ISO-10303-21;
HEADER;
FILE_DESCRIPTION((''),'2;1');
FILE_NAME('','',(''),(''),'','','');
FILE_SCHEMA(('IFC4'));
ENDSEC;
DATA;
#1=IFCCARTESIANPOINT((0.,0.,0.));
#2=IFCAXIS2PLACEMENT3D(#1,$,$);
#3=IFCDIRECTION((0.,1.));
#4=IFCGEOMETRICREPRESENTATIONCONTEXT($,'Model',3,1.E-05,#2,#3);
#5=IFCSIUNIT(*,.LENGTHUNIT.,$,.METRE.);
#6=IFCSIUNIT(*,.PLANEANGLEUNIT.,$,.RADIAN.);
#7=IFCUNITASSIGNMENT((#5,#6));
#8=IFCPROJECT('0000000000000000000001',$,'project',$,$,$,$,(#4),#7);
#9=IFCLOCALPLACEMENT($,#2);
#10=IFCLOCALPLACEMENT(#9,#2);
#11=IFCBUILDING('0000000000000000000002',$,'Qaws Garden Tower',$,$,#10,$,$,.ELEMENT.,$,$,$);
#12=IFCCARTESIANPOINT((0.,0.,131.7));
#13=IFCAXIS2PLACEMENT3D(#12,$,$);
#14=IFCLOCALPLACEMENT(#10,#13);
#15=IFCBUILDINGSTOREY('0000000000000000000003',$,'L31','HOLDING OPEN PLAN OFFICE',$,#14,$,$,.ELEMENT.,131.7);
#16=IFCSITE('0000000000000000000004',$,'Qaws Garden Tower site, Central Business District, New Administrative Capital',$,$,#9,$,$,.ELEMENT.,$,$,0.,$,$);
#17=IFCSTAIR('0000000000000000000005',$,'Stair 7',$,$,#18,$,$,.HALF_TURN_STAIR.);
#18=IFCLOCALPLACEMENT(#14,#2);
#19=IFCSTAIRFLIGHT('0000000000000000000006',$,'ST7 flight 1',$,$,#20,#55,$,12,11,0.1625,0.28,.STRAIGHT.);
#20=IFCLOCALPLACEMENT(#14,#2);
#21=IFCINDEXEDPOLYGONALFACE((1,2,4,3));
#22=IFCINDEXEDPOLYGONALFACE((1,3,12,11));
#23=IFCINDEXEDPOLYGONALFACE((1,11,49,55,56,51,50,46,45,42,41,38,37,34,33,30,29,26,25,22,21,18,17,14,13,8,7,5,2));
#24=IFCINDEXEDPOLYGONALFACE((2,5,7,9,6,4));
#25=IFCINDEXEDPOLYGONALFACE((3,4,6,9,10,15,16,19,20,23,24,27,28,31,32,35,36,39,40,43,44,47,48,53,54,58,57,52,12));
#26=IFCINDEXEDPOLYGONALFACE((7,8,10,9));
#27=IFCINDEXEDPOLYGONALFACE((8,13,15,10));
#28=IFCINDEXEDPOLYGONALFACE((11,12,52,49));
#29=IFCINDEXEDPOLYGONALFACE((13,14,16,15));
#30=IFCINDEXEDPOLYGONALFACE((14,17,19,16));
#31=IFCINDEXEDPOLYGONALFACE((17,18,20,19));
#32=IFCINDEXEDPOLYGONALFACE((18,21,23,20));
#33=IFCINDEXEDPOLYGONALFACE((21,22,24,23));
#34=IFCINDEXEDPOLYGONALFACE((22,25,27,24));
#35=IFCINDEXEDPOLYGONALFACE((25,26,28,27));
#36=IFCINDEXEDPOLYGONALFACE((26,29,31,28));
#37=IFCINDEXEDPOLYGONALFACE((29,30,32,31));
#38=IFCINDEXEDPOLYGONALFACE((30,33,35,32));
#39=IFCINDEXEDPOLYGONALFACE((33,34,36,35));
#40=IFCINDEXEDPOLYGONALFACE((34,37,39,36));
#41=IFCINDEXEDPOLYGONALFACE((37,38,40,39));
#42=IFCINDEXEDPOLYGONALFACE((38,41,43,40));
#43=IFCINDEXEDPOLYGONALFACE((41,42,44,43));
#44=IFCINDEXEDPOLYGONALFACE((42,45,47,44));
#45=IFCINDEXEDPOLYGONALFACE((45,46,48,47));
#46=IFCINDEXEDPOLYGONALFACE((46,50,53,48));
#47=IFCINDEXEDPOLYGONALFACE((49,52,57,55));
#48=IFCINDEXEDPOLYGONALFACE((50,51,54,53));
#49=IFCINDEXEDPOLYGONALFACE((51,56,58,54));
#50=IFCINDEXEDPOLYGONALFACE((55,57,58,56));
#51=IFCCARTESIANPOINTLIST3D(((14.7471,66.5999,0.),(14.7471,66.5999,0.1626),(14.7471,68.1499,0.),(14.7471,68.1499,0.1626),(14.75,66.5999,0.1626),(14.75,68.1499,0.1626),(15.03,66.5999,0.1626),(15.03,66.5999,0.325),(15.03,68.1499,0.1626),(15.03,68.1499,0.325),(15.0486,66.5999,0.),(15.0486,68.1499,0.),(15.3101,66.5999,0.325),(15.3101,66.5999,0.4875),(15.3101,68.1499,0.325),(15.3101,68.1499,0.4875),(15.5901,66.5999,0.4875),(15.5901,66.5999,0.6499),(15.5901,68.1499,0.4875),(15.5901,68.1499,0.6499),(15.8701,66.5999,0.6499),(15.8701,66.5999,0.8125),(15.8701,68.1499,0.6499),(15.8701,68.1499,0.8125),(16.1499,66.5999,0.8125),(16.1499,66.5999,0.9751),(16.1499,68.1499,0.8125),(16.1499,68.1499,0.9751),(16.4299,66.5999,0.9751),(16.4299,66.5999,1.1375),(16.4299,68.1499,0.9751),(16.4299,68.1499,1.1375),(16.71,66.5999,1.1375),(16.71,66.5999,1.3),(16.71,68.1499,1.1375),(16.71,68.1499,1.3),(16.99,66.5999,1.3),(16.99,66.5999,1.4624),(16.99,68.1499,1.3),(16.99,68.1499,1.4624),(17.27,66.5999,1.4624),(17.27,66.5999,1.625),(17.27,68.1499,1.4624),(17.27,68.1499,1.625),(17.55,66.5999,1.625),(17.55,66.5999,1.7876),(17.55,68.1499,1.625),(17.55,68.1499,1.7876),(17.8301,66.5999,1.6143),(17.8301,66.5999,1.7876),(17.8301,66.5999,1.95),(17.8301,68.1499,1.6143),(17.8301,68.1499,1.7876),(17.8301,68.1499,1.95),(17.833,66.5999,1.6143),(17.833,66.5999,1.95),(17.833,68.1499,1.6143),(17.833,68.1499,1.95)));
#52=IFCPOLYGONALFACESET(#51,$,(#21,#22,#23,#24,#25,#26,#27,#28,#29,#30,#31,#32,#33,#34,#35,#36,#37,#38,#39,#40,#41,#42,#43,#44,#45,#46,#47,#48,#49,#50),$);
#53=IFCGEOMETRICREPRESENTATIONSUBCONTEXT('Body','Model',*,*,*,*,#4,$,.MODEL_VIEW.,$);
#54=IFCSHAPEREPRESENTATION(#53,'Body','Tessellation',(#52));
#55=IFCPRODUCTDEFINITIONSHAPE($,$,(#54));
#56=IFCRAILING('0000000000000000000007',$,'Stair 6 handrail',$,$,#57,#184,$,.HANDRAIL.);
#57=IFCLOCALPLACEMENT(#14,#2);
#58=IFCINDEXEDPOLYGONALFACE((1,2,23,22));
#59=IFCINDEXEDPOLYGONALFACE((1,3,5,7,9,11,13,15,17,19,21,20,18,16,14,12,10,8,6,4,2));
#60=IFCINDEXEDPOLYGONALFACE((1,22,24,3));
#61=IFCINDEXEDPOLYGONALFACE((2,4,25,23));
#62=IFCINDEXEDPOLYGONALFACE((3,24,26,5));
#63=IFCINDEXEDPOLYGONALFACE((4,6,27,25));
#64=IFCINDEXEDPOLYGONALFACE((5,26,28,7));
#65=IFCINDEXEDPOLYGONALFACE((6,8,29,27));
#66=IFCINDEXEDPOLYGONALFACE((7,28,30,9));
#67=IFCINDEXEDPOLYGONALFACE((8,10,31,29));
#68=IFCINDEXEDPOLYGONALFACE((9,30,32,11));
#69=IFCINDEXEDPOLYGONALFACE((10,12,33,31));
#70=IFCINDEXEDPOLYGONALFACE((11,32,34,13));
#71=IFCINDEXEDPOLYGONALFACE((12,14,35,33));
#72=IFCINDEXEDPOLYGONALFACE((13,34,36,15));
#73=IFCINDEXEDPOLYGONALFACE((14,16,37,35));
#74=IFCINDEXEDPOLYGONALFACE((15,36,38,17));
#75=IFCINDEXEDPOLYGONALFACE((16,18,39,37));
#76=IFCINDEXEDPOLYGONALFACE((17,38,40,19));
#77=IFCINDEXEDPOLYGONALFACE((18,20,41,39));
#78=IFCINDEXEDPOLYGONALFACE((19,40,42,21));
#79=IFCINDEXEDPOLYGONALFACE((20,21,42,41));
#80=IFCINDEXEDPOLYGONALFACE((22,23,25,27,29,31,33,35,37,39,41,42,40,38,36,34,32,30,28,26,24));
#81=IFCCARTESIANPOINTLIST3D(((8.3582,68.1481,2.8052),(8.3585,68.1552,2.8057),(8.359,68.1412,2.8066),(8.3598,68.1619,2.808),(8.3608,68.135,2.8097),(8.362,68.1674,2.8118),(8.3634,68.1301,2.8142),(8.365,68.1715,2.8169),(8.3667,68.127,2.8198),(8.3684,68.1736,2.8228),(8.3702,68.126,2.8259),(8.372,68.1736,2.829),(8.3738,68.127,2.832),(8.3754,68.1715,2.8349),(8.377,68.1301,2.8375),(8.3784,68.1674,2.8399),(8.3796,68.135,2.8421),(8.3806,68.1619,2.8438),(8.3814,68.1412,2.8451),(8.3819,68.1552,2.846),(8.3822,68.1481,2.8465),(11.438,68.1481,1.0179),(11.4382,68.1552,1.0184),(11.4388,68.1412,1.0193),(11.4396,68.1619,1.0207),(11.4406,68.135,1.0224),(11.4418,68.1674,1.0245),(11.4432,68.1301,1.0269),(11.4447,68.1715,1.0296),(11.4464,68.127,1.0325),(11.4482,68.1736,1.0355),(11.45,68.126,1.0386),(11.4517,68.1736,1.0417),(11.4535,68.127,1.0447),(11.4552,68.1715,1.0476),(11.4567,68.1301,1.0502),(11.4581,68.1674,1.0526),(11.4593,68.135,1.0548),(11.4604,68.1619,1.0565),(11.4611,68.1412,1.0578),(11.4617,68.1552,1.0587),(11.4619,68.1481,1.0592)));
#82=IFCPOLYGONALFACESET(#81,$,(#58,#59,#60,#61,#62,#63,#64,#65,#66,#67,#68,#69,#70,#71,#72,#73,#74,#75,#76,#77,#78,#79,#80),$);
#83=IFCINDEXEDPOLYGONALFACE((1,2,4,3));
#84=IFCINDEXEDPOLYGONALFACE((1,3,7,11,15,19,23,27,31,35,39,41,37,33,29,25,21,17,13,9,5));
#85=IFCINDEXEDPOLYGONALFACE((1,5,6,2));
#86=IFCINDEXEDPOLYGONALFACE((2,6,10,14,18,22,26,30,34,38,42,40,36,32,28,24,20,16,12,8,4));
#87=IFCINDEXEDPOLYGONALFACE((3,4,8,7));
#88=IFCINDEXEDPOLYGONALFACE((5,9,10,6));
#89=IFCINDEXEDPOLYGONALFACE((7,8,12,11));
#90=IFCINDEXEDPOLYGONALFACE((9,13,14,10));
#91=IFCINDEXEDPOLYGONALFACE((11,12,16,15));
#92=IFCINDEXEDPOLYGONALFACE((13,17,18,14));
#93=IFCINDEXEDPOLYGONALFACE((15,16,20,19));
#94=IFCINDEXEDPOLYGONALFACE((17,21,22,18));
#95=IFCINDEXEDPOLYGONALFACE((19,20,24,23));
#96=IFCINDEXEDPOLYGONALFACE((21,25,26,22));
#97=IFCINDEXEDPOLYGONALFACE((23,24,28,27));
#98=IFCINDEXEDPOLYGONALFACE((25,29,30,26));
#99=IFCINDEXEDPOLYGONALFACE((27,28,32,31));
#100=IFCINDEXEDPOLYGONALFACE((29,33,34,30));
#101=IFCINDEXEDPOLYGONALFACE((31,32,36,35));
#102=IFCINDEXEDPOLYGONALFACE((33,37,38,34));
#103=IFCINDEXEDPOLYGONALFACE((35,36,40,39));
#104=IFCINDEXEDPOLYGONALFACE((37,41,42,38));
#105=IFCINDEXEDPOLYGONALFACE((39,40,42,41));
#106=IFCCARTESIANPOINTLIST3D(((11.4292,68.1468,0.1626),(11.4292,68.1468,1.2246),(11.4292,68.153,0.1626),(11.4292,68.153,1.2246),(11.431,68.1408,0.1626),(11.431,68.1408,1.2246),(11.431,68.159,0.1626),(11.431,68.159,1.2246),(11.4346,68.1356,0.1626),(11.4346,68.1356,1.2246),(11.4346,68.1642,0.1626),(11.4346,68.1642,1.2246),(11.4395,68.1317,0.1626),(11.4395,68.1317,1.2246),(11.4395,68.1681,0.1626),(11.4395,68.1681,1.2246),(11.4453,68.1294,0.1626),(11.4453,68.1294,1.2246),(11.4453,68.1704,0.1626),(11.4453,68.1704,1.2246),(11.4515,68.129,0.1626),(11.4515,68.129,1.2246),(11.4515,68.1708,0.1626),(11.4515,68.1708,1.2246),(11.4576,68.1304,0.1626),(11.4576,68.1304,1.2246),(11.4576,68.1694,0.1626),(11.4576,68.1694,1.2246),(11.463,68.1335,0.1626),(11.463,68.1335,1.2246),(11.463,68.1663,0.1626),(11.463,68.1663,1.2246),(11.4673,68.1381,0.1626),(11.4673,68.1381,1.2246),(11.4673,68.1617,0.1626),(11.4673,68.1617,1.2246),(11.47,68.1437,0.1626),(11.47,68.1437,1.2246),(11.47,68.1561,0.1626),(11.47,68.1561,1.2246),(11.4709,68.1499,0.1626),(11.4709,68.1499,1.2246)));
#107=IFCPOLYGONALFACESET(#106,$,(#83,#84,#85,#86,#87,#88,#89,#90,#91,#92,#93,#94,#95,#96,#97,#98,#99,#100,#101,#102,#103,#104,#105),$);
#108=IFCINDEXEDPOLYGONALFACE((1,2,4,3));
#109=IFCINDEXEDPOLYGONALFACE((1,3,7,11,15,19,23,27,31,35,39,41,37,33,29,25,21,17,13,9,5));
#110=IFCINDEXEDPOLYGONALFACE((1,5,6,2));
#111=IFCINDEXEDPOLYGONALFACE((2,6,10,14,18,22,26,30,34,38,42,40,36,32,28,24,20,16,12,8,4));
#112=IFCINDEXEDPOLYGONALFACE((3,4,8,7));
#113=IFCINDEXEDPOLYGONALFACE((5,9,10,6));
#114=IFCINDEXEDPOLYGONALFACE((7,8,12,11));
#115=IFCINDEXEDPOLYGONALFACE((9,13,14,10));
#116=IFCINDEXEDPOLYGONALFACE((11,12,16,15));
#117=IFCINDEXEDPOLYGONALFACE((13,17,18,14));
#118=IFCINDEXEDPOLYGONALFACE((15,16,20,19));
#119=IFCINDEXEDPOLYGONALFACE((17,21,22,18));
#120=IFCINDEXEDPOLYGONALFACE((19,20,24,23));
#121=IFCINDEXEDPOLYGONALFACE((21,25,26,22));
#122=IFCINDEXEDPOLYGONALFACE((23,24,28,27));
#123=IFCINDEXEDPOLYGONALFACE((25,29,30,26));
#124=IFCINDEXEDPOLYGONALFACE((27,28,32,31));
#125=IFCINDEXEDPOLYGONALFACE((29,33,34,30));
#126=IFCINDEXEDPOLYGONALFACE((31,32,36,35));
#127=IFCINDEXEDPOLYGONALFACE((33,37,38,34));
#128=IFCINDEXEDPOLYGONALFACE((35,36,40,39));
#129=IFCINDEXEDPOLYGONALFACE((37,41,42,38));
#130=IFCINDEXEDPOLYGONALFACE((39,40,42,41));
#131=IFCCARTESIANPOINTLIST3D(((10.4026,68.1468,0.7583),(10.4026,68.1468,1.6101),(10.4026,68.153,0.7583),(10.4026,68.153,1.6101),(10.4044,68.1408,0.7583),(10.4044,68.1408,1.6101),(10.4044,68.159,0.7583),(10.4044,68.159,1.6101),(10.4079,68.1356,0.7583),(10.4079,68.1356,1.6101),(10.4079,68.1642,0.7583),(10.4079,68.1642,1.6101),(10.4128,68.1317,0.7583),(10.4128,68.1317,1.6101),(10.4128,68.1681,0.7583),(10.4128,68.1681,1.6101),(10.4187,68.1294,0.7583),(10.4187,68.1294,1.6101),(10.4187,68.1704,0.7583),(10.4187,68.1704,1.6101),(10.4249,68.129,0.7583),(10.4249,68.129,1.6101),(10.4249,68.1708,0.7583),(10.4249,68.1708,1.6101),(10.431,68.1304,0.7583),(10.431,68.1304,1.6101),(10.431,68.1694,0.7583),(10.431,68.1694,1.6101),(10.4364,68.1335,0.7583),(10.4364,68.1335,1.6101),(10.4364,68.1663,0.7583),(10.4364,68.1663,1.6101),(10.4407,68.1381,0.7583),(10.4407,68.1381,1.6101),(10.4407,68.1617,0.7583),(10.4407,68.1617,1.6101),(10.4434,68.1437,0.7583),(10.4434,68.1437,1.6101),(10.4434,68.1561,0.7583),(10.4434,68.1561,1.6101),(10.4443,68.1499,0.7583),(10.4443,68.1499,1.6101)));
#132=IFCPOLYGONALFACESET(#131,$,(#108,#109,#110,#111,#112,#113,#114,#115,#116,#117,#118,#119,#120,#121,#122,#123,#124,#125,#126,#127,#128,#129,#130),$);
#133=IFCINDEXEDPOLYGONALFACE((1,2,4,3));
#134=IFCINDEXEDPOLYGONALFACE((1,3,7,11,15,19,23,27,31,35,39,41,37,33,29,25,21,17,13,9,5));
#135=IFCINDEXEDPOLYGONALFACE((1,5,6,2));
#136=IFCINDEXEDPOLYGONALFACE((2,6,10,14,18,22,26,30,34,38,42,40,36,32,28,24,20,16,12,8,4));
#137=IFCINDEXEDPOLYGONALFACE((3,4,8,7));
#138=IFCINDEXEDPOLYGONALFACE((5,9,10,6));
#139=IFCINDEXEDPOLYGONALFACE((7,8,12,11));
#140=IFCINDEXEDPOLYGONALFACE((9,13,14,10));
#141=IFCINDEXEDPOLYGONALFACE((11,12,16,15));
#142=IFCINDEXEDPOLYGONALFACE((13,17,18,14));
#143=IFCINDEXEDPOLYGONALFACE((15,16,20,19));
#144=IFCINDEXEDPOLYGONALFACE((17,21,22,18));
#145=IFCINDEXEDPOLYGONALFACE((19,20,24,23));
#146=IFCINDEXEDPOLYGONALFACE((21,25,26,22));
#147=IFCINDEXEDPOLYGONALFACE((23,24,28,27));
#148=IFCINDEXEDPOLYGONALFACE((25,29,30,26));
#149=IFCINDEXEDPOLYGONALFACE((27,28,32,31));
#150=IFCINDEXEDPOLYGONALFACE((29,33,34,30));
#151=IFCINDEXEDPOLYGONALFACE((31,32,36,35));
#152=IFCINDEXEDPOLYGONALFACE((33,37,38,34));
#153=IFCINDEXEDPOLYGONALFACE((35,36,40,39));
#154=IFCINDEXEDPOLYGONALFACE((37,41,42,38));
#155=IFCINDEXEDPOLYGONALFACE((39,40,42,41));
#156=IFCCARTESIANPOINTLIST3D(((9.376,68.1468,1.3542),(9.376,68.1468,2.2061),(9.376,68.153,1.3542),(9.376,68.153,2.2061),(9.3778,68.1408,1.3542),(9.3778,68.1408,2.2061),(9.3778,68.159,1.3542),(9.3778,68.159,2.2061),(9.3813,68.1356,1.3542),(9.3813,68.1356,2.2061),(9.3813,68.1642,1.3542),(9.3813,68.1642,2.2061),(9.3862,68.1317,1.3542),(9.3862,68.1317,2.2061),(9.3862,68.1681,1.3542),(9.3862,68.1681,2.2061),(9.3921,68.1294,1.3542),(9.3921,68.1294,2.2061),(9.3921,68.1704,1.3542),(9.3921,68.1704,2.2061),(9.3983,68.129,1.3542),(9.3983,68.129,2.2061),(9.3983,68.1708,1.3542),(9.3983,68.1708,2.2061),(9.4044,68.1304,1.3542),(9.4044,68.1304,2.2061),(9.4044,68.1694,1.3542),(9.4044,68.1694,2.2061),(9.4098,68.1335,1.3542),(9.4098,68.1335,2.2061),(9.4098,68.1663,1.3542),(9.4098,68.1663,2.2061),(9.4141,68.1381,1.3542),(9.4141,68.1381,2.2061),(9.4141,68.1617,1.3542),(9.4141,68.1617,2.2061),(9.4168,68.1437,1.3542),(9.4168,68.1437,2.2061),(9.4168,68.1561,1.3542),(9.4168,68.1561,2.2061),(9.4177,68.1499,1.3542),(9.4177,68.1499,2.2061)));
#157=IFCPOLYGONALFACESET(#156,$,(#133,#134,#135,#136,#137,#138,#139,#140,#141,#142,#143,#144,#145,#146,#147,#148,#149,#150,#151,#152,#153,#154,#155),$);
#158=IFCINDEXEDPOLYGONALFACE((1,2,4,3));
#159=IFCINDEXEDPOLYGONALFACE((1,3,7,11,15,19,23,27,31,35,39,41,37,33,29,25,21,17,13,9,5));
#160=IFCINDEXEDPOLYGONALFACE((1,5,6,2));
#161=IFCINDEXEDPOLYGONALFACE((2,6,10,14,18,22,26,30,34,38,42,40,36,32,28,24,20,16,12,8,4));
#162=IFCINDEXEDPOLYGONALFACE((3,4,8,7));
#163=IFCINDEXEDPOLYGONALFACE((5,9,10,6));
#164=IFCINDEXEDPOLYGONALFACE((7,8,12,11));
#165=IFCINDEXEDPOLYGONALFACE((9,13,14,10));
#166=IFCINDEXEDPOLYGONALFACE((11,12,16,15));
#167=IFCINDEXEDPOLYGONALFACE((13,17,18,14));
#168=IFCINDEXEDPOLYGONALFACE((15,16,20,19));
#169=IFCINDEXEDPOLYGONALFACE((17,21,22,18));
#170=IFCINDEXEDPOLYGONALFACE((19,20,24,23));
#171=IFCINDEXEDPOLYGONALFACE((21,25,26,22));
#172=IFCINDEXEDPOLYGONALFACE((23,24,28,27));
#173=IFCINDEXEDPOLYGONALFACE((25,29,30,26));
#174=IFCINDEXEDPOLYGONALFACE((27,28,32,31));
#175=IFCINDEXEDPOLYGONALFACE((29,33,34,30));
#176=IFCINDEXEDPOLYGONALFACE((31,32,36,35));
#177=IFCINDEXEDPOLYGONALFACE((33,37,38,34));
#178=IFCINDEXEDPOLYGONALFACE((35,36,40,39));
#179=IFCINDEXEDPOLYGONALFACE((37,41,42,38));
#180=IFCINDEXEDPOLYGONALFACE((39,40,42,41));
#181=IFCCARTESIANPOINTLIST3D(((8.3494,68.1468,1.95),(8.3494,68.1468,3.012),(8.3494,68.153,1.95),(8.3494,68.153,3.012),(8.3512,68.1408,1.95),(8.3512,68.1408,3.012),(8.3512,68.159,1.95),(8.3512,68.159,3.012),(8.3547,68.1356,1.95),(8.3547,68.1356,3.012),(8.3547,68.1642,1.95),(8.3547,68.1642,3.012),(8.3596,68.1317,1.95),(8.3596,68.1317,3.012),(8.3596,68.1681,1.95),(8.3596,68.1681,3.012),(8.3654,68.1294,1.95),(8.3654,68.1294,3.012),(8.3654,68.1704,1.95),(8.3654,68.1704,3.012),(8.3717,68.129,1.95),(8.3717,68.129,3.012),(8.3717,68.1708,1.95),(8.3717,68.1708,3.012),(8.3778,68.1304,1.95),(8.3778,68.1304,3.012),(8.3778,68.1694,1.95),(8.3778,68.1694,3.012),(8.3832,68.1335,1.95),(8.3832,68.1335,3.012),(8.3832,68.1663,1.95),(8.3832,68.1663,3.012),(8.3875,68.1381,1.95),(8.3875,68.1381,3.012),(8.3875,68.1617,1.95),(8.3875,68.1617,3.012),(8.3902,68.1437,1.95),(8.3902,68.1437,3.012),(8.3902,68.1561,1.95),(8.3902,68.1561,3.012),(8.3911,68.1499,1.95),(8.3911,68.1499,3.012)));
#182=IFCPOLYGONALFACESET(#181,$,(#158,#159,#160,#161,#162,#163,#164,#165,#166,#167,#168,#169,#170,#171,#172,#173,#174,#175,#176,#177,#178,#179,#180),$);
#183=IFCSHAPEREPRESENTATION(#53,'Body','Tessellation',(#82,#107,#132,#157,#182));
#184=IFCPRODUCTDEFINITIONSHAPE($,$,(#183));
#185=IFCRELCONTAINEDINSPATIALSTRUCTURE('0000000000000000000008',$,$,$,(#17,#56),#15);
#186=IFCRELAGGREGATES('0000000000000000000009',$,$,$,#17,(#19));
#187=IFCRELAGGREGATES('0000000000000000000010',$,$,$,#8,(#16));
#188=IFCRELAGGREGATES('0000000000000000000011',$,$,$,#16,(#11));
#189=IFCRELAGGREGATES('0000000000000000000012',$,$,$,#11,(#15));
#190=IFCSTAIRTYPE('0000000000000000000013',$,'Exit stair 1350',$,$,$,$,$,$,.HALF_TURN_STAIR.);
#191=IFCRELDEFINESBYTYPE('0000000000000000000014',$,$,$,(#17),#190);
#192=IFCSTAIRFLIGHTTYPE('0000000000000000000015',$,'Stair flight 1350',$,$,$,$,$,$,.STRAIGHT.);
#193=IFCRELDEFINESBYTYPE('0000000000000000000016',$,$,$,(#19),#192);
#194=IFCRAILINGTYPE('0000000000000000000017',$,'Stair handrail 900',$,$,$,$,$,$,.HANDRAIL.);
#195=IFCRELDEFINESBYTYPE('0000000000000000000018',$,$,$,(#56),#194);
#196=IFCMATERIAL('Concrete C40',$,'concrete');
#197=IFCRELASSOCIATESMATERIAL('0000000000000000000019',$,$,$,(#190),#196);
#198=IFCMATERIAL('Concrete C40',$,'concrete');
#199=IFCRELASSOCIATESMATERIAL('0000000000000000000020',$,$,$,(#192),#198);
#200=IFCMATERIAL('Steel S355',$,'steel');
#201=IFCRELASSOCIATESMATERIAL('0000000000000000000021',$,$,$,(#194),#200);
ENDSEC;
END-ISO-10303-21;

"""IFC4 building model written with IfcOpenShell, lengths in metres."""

from ifc_helpers import new_model, si_unit, direction, frame, origin, origin_2d, place, context, subcontext, project, spatial, polyline, circle, outline, extrude, material, type_object, element, aggregate, save


model = new_model("IFC4")

# Units and contexts
model_context = context("Model", 3, precision=1e-05, world=origin(), true_north=direction((0.0, 1.0)))
body_context = subcontext(model_context, "Body", "Model", "MODEL_VIEW")
ifc_project = project(units=[si_unit("LENGTHUNIT", "METRE"), si_unit("PLANEANGLEUNIT", "RADIAN")], contexts=[model_context])

# Site, building, storey
site_placement = place(None, origin())
site = spatial("IfcSite", under=ifc_project, at=site_placement, Name="Qaws Garden Tower site, Central Business District, New Administrative Capital", CompositionType="ELEMENT", RefElevation=0.0)
building_placement = place(site_placement, origin())
building = spatial("IfcBuilding", under=site, at=building_placement, Name="Qaws Garden Tower", CompositionType="ELEMENT")
storey_placement = place(building_placement, frame((0.0, 0.0, 131.7)))
storey = spatial("IfcBuildingStorey", under=building, at=storey_placement, Name="L31", Description="HOLDING OPEN PLAN OFFICE", CompositionType="ELEMENT", Elevation=131.7)

# Shared definitions
ifc_material_1 = material(Name="Concrete C40", Category="concrete")
stair_type = type_object("IfcStairType", Name="Exit stair 1350", PredefinedType="HALF_TURN_STAIR", material=ifc_material_1)
placement = place(storey_placement, origin())
ifc_material_2 = material(Name="Concrete C40", Category="concrete")
stair_flight_type = type_object("IfcStairFlightType", Name="Stair flight 1350", PredefinedType="STRAIGHT", material=ifc_material_2)

# Stair, stair flight
stair_1 = element("IfcStair", 1, at=placement, inside=storey, type_object=stair_type, Name="Stair 7", PredefinedType="HALF_TURN_STAIR")
stair_flight_1_placement = place(storey_placement, frame((14.75, 67.375, 0.0), z_axis=(0.0, 0.0, 1.0), x_axis=(1.0, 0.0, 0.0)))
stair_flight_1 = element("IfcStairFlight", 2, at=stair_flight_1_placement, type_object=stair_flight_type, Name="ST7 flight 1", NumberOfRisers=12, NumberOfTreads=11, PredefinedType="STRAIGHT", RiserHeight=0.1625, TreadLength=0.28, context=body_context, shape_type="SweptSolid", body=[
    extrude(outline(polyline([(-0.0029, 0.0), (-0.0029, 0.1626), (0.0, 0.1626), (0.28, 0.1626), (0.28, 0.325), (0.5601, 0.325), (0.5601, 0.4875), (0.8401, 0.4875), (0.8401, 0.6499), (1.1201, 0.6499), (1.1201, 0.8125), (1.3999, 0.8125), (1.3999, 0.9751), (1.6799, 0.9751), (1.6799, 1.1375), (1.96, 1.1375), (1.96, 1.3), (2.24, 1.3), (2.24, 1.4624), (2.52, 1.4624), (2.52, 1.625), (2.8, 1.625), (2.8, 1.7876), (3.0801, 1.7876), (3.0801, 1.95), (3.083, 1.95), (3.083, 1.6143), (3.0801, 1.6143), (0.2986, 0.0), (-0.0029, 0.0)])), frame((0.0, 0.7749, 0.0), z_axis=(0.0, -1.0, 0.0), x_axis=(1.0, 0.0, 0.0)), (0.0, 0.0, 1.0), 1.55),
])
aggregate(stair_1, [stair_flight_1])

# Railing
ifc_material_3 = material(Name="Steel S355", Category="steel")
railing_type = type_object("IfcRailingType", Name="Stair handrail 900", PredefinedType="HANDRAIL", material=ifc_material_3)
railing_1_placement = place(storey_placement, frame((11.45, 68.1499, 0.1626)))
element("IfcRailing", 3, at=railing_1_placement, inside=storey, type_object=railing_type, Name="Stair 6 handrail", PredefinedType="HANDRAIL", context=body_context, shape_type="SweptSolid", body=[
    extrude(circle(Radius=0.0239, at=origin_2d()), frame((0.0, 0.0, 0.876), z_axis=(-0.864903, 0.0, 0.501939), x_axis=(0.0, -1.0, 0.0)), (0.0, 0.0, 1.0), 3.5608),
    extrude(circle(Radius=0.021, at=origin_2d()), origin(), (0.0, 0.0, 1.0), 1.062),
    extrude(circle(Radius=0.021, at=origin_2d()), frame((-1.0266, 0.0, 0.5957)), (0.0, 0.0, 1.0), 0.8518),
    extrude(circle(Radius=0.021, at=origin_2d()), frame((-2.0532, 0.0, 1.1917)), (0.0, 0.0, 1.0), 0.8518),
    extrude(circle(Radius=0.021, at=origin_2d()), frame((-3.0798, 0.0, 1.7874)), (0.0, 0.0, 1.0), 1.062),
])

save(model, "model.ifc")
